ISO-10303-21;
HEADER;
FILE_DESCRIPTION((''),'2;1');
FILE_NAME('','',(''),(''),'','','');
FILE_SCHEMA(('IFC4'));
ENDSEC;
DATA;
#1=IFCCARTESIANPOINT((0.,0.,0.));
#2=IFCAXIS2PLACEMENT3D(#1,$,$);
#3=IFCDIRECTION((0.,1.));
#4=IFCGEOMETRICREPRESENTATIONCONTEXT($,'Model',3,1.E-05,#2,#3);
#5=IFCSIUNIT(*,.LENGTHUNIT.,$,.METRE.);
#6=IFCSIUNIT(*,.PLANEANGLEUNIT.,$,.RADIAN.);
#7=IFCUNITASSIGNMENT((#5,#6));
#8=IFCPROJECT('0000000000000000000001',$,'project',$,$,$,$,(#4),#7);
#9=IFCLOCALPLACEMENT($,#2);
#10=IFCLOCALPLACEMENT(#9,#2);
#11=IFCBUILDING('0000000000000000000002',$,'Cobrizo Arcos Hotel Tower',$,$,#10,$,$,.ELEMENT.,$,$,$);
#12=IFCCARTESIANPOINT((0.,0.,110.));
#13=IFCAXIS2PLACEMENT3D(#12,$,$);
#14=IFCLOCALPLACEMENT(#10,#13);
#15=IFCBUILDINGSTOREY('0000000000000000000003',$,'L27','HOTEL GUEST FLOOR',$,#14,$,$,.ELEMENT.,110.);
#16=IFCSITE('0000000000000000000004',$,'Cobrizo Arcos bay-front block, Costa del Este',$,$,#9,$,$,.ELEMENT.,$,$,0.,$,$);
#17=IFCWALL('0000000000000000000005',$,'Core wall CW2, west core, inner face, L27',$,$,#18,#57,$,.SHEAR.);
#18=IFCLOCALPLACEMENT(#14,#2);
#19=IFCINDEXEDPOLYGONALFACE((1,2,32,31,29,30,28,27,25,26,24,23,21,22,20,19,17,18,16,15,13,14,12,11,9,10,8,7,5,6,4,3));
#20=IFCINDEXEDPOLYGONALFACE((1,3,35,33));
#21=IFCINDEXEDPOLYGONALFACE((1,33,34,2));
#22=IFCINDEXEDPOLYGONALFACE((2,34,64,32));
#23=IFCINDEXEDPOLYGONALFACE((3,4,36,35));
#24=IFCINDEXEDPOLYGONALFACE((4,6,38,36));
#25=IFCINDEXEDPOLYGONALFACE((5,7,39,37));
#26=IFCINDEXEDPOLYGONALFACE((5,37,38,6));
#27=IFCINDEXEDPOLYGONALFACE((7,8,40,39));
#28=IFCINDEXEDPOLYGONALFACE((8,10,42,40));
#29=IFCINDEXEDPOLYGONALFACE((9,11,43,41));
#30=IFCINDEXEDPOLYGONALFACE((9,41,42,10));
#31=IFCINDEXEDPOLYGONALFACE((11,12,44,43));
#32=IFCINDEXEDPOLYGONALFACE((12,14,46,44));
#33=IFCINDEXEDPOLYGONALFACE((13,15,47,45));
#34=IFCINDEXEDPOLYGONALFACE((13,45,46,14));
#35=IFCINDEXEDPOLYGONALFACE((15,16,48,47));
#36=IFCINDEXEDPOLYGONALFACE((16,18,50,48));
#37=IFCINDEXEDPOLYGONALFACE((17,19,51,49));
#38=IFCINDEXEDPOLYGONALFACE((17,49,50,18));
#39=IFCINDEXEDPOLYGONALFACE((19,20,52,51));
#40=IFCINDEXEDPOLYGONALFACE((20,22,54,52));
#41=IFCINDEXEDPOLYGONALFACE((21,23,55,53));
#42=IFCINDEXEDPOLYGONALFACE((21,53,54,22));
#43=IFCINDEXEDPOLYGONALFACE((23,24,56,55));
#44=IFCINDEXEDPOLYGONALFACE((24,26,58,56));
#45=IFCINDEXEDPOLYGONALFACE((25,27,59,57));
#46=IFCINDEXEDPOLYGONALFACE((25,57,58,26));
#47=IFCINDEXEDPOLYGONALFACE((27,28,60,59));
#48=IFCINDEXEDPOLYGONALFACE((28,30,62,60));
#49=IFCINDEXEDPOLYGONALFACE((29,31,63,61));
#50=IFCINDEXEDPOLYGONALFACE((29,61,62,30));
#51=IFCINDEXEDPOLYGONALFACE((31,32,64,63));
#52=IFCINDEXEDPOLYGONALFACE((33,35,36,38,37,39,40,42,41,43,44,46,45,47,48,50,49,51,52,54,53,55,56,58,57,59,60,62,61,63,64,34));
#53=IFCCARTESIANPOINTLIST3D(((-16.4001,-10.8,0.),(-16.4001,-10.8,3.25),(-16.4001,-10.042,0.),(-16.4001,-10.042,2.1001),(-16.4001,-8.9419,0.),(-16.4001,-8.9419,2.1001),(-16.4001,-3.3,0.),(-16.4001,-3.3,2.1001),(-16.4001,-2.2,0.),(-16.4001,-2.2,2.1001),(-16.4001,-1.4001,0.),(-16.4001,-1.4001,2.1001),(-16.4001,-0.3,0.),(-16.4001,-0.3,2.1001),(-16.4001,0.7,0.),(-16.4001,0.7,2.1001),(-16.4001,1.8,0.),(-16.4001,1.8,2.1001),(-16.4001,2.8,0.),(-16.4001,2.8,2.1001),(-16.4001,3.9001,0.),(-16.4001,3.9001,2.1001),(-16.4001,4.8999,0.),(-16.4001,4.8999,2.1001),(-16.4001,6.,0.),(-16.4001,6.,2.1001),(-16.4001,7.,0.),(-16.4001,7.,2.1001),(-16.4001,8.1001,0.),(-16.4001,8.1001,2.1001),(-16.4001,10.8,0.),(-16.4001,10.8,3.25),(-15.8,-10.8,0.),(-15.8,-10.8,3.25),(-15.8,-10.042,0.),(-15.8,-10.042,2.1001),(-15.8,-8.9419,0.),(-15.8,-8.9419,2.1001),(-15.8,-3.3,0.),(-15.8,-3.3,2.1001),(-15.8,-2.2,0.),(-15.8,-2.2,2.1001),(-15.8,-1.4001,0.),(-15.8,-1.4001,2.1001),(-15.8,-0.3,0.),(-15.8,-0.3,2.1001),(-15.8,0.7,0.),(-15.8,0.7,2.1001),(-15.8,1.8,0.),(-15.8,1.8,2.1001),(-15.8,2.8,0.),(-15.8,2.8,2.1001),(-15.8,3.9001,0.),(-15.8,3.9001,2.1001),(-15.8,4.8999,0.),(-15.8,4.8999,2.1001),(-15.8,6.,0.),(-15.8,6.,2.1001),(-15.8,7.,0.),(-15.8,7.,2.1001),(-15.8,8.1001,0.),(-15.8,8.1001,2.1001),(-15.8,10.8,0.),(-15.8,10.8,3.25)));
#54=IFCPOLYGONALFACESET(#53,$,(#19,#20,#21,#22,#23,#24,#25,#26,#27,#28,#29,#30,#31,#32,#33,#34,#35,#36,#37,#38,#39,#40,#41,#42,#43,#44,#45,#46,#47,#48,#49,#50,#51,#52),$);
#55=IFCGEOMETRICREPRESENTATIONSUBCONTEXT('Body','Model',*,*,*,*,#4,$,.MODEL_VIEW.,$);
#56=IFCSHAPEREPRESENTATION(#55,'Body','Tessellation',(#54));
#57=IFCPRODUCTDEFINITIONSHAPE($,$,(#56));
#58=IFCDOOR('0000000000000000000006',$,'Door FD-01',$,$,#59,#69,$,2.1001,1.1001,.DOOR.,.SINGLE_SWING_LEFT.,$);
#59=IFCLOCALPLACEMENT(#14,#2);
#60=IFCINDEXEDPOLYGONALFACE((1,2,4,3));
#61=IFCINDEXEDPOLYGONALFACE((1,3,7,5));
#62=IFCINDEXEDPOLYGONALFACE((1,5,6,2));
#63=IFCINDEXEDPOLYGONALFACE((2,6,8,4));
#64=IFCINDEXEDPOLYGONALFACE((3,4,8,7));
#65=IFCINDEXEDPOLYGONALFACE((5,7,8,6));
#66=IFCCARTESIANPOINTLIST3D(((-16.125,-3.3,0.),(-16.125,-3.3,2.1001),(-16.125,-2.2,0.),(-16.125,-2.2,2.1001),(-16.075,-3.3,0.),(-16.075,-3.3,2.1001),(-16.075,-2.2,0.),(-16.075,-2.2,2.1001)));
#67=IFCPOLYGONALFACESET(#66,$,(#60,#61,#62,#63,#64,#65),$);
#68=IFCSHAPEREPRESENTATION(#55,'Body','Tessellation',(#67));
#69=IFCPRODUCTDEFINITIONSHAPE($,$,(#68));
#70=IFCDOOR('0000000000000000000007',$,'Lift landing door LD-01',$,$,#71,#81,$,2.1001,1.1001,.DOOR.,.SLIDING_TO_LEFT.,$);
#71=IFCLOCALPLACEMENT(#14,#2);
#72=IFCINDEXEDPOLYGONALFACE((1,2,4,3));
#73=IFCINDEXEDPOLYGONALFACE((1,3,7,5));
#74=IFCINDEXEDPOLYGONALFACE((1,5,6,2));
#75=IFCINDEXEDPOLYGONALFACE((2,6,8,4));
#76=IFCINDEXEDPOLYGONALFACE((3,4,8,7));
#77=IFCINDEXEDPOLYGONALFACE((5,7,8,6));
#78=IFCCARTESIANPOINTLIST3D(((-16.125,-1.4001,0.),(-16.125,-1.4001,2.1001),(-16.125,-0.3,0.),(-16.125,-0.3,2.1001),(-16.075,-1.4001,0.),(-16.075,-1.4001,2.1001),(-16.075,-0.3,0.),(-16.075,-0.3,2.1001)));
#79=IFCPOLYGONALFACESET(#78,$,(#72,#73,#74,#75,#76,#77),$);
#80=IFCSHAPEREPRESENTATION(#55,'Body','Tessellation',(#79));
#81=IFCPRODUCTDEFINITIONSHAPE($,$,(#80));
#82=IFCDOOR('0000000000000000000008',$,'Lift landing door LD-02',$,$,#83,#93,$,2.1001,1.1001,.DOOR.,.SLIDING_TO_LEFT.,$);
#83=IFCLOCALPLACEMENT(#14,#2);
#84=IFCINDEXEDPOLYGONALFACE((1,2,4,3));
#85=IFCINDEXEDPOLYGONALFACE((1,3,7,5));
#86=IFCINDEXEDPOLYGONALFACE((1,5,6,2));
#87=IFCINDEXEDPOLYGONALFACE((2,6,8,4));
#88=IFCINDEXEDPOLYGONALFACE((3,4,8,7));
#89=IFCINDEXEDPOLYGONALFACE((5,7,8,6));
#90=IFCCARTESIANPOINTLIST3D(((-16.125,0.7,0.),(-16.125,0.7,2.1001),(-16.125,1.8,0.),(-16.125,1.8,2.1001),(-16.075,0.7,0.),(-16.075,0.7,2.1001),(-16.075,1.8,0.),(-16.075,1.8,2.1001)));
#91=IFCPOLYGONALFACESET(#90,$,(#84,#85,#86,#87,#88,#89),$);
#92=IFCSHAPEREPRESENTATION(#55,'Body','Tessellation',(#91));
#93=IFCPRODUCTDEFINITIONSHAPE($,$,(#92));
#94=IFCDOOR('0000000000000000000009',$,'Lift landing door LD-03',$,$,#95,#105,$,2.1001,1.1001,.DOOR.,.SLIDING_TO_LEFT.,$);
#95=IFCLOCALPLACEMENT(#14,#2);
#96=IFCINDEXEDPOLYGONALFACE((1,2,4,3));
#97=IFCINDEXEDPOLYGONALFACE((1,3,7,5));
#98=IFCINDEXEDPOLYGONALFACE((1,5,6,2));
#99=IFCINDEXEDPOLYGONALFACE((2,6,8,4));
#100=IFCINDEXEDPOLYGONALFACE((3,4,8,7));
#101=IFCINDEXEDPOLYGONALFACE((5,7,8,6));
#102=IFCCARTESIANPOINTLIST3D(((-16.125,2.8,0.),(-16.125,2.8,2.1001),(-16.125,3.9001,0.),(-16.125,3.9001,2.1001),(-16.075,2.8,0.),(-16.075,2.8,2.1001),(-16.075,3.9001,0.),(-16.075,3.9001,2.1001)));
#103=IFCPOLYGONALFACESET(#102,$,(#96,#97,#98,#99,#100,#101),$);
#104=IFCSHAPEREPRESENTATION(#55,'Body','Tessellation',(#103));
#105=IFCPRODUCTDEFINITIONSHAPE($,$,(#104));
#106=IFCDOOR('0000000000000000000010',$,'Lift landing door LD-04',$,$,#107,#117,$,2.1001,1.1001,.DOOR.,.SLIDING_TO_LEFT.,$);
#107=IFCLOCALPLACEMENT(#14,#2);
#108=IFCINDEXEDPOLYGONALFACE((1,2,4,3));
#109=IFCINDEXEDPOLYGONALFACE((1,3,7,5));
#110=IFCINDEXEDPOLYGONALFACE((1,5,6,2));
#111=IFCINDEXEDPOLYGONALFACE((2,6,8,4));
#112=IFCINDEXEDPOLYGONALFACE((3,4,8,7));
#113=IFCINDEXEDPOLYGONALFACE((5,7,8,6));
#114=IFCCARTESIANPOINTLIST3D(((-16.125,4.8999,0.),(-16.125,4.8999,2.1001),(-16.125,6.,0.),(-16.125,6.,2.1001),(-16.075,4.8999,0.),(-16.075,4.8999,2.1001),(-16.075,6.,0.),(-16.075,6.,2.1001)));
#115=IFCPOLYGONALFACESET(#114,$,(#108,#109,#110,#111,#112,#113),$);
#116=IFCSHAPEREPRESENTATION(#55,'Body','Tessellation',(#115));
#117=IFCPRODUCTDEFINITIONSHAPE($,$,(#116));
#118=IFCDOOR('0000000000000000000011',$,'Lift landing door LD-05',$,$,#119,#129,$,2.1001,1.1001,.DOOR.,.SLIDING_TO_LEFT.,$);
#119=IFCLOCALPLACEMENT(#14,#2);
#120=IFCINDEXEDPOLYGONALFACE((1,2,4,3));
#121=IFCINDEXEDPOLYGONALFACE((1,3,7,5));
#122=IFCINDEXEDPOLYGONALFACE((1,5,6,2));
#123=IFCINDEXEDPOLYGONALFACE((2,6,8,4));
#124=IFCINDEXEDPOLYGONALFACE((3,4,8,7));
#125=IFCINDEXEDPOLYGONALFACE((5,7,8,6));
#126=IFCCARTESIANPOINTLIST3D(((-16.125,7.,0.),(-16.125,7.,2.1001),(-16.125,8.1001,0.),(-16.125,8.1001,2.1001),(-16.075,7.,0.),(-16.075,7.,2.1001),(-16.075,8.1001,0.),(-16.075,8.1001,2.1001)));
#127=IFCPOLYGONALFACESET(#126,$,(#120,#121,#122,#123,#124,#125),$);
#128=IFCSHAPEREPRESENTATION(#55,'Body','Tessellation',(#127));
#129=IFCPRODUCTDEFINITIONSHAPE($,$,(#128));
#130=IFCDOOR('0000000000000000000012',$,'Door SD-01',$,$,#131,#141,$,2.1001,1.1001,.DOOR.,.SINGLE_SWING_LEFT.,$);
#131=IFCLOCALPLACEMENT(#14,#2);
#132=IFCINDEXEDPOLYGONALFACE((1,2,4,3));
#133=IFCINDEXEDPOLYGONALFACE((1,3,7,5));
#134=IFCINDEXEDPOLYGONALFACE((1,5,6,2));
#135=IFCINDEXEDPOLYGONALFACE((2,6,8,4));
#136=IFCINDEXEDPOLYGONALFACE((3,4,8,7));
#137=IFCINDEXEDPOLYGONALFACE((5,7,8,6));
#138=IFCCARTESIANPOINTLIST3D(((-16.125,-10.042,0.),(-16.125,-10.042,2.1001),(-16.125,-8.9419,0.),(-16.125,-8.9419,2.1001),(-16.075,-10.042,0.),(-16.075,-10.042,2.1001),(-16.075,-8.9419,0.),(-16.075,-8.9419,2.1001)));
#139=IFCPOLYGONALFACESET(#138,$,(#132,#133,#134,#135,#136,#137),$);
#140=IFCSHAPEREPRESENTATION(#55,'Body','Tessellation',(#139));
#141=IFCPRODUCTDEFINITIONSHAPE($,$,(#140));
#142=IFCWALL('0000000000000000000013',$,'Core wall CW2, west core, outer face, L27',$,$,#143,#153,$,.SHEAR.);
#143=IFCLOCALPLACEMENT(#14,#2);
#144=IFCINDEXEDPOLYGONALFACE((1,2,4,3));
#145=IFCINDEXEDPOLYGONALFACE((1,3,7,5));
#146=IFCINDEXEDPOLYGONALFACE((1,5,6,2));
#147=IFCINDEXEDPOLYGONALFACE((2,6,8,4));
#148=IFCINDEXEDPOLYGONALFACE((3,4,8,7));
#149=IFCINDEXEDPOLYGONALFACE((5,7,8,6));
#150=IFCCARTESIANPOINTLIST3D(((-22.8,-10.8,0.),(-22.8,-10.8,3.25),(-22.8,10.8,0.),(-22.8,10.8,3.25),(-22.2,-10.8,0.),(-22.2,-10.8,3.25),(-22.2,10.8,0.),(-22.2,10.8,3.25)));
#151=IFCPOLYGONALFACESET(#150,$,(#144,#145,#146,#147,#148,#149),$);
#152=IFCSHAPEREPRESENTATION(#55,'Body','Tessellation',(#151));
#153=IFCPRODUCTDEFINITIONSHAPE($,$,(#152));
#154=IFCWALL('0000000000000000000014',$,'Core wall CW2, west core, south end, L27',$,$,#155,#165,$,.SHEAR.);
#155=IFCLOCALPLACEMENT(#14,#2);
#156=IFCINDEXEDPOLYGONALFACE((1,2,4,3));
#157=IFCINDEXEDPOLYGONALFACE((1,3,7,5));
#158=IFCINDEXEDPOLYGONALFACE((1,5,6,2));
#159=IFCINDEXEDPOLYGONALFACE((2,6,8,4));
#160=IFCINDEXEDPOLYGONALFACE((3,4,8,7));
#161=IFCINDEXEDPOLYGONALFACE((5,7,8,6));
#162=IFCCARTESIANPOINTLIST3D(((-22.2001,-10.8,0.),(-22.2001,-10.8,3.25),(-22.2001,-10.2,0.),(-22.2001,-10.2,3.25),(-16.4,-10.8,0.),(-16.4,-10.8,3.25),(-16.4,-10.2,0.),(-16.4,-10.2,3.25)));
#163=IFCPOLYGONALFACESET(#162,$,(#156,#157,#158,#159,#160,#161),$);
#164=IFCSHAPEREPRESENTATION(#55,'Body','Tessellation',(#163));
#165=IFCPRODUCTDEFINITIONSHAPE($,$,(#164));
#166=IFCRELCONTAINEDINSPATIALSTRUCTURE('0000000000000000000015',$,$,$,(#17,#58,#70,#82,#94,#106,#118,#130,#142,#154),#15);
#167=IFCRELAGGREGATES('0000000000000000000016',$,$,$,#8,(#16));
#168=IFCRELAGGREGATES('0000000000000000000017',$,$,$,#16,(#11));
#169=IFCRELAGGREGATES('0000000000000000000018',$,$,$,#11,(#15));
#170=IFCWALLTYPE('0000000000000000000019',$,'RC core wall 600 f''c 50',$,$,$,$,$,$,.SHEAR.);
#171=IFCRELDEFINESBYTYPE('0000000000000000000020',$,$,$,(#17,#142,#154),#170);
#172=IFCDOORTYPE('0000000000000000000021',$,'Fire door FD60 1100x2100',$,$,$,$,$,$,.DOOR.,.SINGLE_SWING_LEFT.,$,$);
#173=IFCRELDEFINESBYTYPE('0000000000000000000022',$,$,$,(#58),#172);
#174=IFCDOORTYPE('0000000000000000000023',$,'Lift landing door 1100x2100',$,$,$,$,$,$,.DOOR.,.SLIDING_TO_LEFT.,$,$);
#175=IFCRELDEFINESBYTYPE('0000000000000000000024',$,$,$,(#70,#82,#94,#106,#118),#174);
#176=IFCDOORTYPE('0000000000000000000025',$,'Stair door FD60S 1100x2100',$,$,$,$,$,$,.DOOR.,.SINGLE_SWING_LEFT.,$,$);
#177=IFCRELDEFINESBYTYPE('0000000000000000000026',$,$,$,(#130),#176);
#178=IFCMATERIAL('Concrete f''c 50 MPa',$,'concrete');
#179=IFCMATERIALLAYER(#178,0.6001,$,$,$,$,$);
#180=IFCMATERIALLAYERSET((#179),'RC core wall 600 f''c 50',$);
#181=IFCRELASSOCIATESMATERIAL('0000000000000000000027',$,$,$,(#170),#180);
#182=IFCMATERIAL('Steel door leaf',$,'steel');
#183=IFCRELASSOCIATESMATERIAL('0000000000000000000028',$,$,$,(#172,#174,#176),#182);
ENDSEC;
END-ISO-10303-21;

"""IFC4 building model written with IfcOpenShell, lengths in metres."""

from ifc_helpers import new_model, si_unit, direction, frame, frame_2d, origin, place, context, subcontext, project, spatial, rectangle, extrude, material, layer, layer_set, type_object, element, fill, save


model = new_model("IFC4")

# Units and contexts
model_context = context("Model", 3, precision=1e-05, world=origin(), true_north=direction((0.0, 1.0)))
body_context = subcontext(model_context, "Body", "Model", "MODEL_VIEW")
ifc_project = project(units=[si_unit("LENGTHUNIT", "METRE"), si_unit("PLANEANGLEUNIT", "RADIAN")], contexts=[model_context])

# Site, building, storey
site_placement = place(None, origin())
site = spatial("IfcSite", under=ifc_project, at=site_placement, Name="Cobrizo Arcos bay-front block, Costa del Este", CompositionType="ELEMENT", RefElevation=0.0)
building_placement = place(site_placement, origin())
building = spatial("IfcBuilding", under=site, at=building_placement, Name="Cobrizo Arcos Hotel Tower", CompositionType="ELEMENT")
storey_placement = place(building_placement, frame((0.0, 0.0, 110.0)))
storey = spatial("IfcBuildingStorey", under=building, at=storey_placement, Name="L27", Description="HOTEL GUEST FLOOR", CompositionType="ELEMENT", Elevation=110.0)

# Wall, openings, doors
ifc_material_1 = material(Name="Concrete f'c 50 MPa", Category="concrete")
ifc_layer_1 = layer(ifc_material_1, 0.6001)
ifc_layer_set_1 = layer_set([ifc_layer_1], Name="RC core wall 600 f'c 50")
wall_type_1 = type_object("IfcWallType", Name="RC core wall 600 f'c 50", PredefinedType="SHEAR", material=ifc_layer_set_1)
wall_1_placement = place(storey_placement, frame((-16.1001, -10.8, 0.0), z_axis=(0.0, 0.0, 1.0), x_axis=(0.0, 1.0, 0.0)))
wall_1 = element("IfcWall", 1, at=wall_1_placement, inside=storey, type_object=wall_type_1, Name="Core wall CW2, west core, inner face, L27", PredefinedType="SHEAR", context=body_context, shape_type="SweptSolid", body=[
    extrude(rectangle(XDim=21.6001, YDim=0.6001, at=frame_2d((10.8, 0.0))), origin(), (0.0, 0.0, 1.0), 3.25),
])
opening_1_placement = place(wall_1_placement, frame((9.3999, 0.0, 0.0)))
opening_1 = element("IfcOpeningElement", 2, at=opening_1_placement, cuts=wall_1, PredefinedType="OPENING", context=body_context, shape_type="SweptSolid", body=[
    extrude(rectangle(XDim=1.1001, YDim=2.1001, at=frame_2d((0.55, 1.05))), frame((0.0, 0.312, 0.0), z_axis=(0.0, -1.0, 0.0), x_axis=(1.0, 0.0, 0.0)), (0.0, 0.0, 1.0), 0.624),
])
opening_2_placement = place(wall_1_placement, frame((11.5, 0.0, 0.0)))
opening_2 = element("IfcOpeningElement", 3, at=opening_2_placement, cuts=wall_1, PredefinedType="OPENING", context=body_context, shape_type="SweptSolid", body=[
    extrude(rectangle(XDim=1.1001, YDim=2.1001, at=frame_2d((0.55, 1.05))), frame((0.0, 0.312, 0.0), z_axis=(0.0, -1.0, 0.0), x_axis=(1.0, 0.0, 0.0)), (0.0, 0.0, 1.0), 0.624),
])
opening_3_placement = place(wall_1_placement, frame((13.6001, 0.0, 0.0)))
opening_3 = element("IfcOpeningElement", 4, at=opening_3_placement, cuts=wall_1, PredefinedType="OPENING", context=body_context, shape_type="SweptSolid", body=[
    extrude(rectangle(XDim=1.1001, YDim=2.1001, at=frame_2d((0.55, 1.05))), frame((0.0, 0.312, 0.0), z_axis=(0.0, -1.0, 0.0), x_axis=(1.0, 0.0, 0.0)), (0.0, 0.0, 1.0), 0.624),
])
opening_4_placement = place(wall_1_placement, frame((15.7, 0.0, 0.0)))
opening_4 = element("IfcOpeningElement", 5, at=opening_4_placement, cuts=wall_1, PredefinedType="OPENING", context=body_context, shape_type="SweptSolid", body=[
    extrude(rectangle(XDim=1.1001, YDim=2.1001, at=frame_2d((0.55, 1.05))), frame((0.0, 0.312, 0.0), z_axis=(0.0, -1.0, 0.0), x_axis=(1.0, 0.0, 0.0)), (0.0, 0.0, 1.0), 0.624),
])
opening_5_placement = place(wall_1_placement, frame((17.8, 0.0, 0.0)))
opening_5 = element("IfcOpeningElement", 6, at=opening_5_placement, cuts=wall_1, PredefinedType="OPENING", context=body_context, shape_type="SweptSolid", body=[
    extrude(rectangle(XDim=1.1001, YDim=2.1001, at=frame_2d((0.55, 1.05))), frame((0.0, 0.312, 0.0), z_axis=(0.0, -1.0, 0.0), x_axis=(1.0, 0.0, 0.0)), (0.0, 0.0, 1.0), 0.624),
])
opening_6_placement = place(wall_1_placement, frame((0.7581, 0.0, 0.0)))
opening_6 = element("IfcOpeningElement", 7, at=opening_6_placement, cuts=wall_1, PredefinedType="OPENING", context=body_context, shape_type="SweptSolid", body=[
    extrude(rectangle(XDim=1.1001, YDim=2.1001, at=frame_2d((0.55, 1.05))), frame((0.0, 0.312, 0.0), z_axis=(0.0, -1.0, 0.0), x_axis=(1.0, 0.0, 0.0)), (0.0, 0.0, 1.0), 0.624),
])
opening_7_placement = place(wall_1_placement, frame((7.5, 0.0, 0.0)))
opening_7 = element("IfcOpeningElement", 8, at=opening_7_placement, cuts=wall_1, PredefinedType="OPENING", context=body_context, shape_type="SweptSolid", body=[
    extrude(rectangle(XDim=1.1001, YDim=2.1001, at=frame_2d((0.55, 1.05))), frame((0.0, 0.312, 0.0), z_axis=(0.0, -1.0, 0.0), x_axis=(1.0, 0.0, 0.0)), (0.0, 0.0, 1.0), 0.624),
])
ifc_material_2 = material(Name="Steel door leaf", Category="steel")
door_type_1 = type_object("IfcDoorType", Name="Fire door FD60 1100x2100", OperationType="SINGLE_SWING_LEFT", PredefinedType="DOOR", material=ifc_material_2)
door_1_placement = place(opening_7_placement, origin())
door_1 = element("IfcDoor", 9, at=door_1_placement, inside=storey, type_object=door_type_1, Name="Door FD-01", OperationType="SINGLE_SWING_LEFT", OverallHeight=2.1001, OverallWidth=1.1001, PredefinedType="DOOR", context=body_context, shape_type="SweptSolid", body=[
    extrude(rectangle(XDim=1.1001, YDim=2.1001, at=frame_2d((0.55, 1.05))), frame((0.0, 0.0249, 0.0), z_axis=(0.0, -1.0, 0.0), x_axis=(1.0, 0.0, 0.0)), (0.0, 0.0, 1.0), 0.05),
])
fill(opening_7, door_1)
door_type_2 = type_object("IfcDoorType", Name="Lift landing door 1100x2100", OperationType="SLIDING_TO_LEFT", PredefinedType="DOOR", material=ifc_material_2)
door_2_placement = place(opening_1_placement, origin())
door_2 = element("IfcDoor", 10, at=door_2_placement, inside=storey, type_object=door_type_2, Name="Lift landing door LD-01", OperationType="SLIDING_TO_LEFT", OverallHeight=2.1001, OverallWidth=1.1001, PredefinedType="DOOR", context=body_context, shape_type="SweptSolid", body=[
    extrude(rectangle(XDim=1.1001, YDim=2.1001, at=frame_2d((0.55, 1.05))), frame((0.0, 0.0249, 0.0), z_axis=(0.0, -1.0, 0.0), x_axis=(1.0, 0.0, 0.0)), (0.0, 0.0, 1.0), 0.05),
])
fill(opening_1, door_2)
door_3_placement = place(opening_2_placement, origin())
door_3 = element("IfcDoor", 11, at=door_3_placement, inside=storey, type_object=door_type_2, Name="Lift landing door LD-02", OperationType="SLIDING_TO_LEFT", OverallHeight=2.1001, OverallWidth=1.1001, PredefinedType="DOOR", context=body_context, shape_type="SweptSolid", body=[
    extrude(rectangle(XDim=1.1001, YDim=2.1001, at=frame_2d((0.55, 1.05))), frame((0.0, 0.0249, 0.0), z_axis=(0.0, -1.0, 0.0), x_axis=(1.0, 0.0, 0.0)), (0.0, 0.0, 1.0), 0.05),
])
fill(opening_2, door_3)
door_4_placement = place(opening_3_placement, origin())
door_4 = element("IfcDoor", 12, at=door_4_placement, inside=storey, type_object=door_type_2, Name="Lift landing door LD-03", OperationType="SLIDING_TO_LEFT", OverallHeight=2.1001, OverallWidth=1.1001, PredefinedType="DOOR", context=body_context, shape_type="SweptSolid", body=[
    extrude(rectangle(XDim=1.1001, YDim=2.1001, at=frame_2d((0.55, 1.05))), frame((0.0, 0.0249, 0.0), z_axis=(0.0, -1.0, 0.0), x_axis=(1.0, 0.0, 0.0)), (0.0, 0.0, 1.0), 0.05),
])
fill(opening_3, door_4)
door_5_placement = place(opening_4_placement, origin())
door_5 = element("IfcDoor", 13, at=door_5_placement, inside=storey, type_object=door_type_2, Name="Lift landing door LD-04", OperationType="SLIDING_TO_LEFT", OverallHeight=2.1001, OverallWidth=1.1001, PredefinedType="DOOR", context=body_context, shape_type="SweptSolid", body=[
    extrude(rectangle(XDim=1.1001, YDim=2.1001, at=frame_2d((0.55, 1.05))), frame((0.0, 0.0249, 0.0), z_axis=(0.0, -1.0, 0.0), x_axis=(1.0, 0.0, 0.0)), (0.0, 0.0, 1.0), 0.05),
])
fill(opening_4, door_5)
door_6_placement = place(opening_5_placement, origin())
door_6 = element("IfcDoor", 14, at=door_6_placement, inside=storey, type_object=door_type_2, Name="Lift landing door LD-05", OperationType="SLIDING_TO_LEFT", OverallHeight=2.1001, OverallWidth=1.1001, PredefinedType="DOOR", context=body_context, shape_type="SweptSolid", body=[
    extrude(rectangle(XDim=1.1001, YDim=2.1001, at=frame_2d((0.55, 1.05))), frame((0.0, 0.0249, 0.0), z_axis=(0.0, -1.0, 0.0), x_axis=(1.0, 0.0, 0.0)), (0.0, 0.0, 1.0), 0.05),
])
fill(opening_5, door_6)
door_type_3 = type_object("IfcDoorType", Name="Stair door FD60S 1100x2100", OperationType="SINGLE_SWING_LEFT", PredefinedType="DOOR", material=ifc_material_2)
door_7_placement = place(opening_6_placement, origin())
door_7 = element("IfcDoor", 15, at=door_7_placement, inside=storey, type_object=door_type_3, Name="Door SD-01", OperationType="SINGLE_SWING_LEFT", OverallHeight=2.1001, OverallWidth=1.1001, PredefinedType="DOOR", context=body_context, shape_type="SweptSolid", body=[
    extrude(rectangle(XDim=1.1001, YDim=2.1001, at=frame_2d((0.55, 1.05))), frame((0.0, 0.0249, 0.0), z_axis=(0.0, -1.0, 0.0), x_axis=(1.0, 0.0, 0.0)), (0.0, 0.0, 1.0), 0.05),
])
fill(opening_6, door_7)

# Walls
wall_2_placement = place(storey_placement, frame((-22.5, -10.8, 0.0), z_axis=(0.0, 0.0, 1.0), x_axis=(0.0, 1.0, 0.0)))
element("IfcWall", 16, at=wall_2_placement, inside=storey, type_object=wall_type_1, Name="Core wall CW2, west core, outer face, L27", PredefinedType="SHEAR", context=body_context, shape_type="SweptSolid", body=[
    extrude(rectangle(XDim=21.6001, YDim=0.6001, at=frame_2d((10.8, 0.0))), origin(), (0.0, 0.0, 1.0), 3.25),
])
wall_3_placement = place(storey_placement, frame((-22.2, -10.5, 0.0), z_axis=(0.0, 0.0, 1.0), x_axis=(1.0, 0.0, 0.0)))
element("IfcWall", 17, at=wall_3_placement, inside=storey, type_object=wall_type_1, Name="Core wall CW2, west core, south end, L27", PredefinedType="SHEAR", context=body_context, shape_type="SweptSolid", body=[
    extrude(rectangle(XDim=5.8, YDim=0.6001, at=frame_2d((2.8999, 0.0))), origin(), (0.0, 0.0, 1.0), 3.25),
])

save(model, "model.ifc")
